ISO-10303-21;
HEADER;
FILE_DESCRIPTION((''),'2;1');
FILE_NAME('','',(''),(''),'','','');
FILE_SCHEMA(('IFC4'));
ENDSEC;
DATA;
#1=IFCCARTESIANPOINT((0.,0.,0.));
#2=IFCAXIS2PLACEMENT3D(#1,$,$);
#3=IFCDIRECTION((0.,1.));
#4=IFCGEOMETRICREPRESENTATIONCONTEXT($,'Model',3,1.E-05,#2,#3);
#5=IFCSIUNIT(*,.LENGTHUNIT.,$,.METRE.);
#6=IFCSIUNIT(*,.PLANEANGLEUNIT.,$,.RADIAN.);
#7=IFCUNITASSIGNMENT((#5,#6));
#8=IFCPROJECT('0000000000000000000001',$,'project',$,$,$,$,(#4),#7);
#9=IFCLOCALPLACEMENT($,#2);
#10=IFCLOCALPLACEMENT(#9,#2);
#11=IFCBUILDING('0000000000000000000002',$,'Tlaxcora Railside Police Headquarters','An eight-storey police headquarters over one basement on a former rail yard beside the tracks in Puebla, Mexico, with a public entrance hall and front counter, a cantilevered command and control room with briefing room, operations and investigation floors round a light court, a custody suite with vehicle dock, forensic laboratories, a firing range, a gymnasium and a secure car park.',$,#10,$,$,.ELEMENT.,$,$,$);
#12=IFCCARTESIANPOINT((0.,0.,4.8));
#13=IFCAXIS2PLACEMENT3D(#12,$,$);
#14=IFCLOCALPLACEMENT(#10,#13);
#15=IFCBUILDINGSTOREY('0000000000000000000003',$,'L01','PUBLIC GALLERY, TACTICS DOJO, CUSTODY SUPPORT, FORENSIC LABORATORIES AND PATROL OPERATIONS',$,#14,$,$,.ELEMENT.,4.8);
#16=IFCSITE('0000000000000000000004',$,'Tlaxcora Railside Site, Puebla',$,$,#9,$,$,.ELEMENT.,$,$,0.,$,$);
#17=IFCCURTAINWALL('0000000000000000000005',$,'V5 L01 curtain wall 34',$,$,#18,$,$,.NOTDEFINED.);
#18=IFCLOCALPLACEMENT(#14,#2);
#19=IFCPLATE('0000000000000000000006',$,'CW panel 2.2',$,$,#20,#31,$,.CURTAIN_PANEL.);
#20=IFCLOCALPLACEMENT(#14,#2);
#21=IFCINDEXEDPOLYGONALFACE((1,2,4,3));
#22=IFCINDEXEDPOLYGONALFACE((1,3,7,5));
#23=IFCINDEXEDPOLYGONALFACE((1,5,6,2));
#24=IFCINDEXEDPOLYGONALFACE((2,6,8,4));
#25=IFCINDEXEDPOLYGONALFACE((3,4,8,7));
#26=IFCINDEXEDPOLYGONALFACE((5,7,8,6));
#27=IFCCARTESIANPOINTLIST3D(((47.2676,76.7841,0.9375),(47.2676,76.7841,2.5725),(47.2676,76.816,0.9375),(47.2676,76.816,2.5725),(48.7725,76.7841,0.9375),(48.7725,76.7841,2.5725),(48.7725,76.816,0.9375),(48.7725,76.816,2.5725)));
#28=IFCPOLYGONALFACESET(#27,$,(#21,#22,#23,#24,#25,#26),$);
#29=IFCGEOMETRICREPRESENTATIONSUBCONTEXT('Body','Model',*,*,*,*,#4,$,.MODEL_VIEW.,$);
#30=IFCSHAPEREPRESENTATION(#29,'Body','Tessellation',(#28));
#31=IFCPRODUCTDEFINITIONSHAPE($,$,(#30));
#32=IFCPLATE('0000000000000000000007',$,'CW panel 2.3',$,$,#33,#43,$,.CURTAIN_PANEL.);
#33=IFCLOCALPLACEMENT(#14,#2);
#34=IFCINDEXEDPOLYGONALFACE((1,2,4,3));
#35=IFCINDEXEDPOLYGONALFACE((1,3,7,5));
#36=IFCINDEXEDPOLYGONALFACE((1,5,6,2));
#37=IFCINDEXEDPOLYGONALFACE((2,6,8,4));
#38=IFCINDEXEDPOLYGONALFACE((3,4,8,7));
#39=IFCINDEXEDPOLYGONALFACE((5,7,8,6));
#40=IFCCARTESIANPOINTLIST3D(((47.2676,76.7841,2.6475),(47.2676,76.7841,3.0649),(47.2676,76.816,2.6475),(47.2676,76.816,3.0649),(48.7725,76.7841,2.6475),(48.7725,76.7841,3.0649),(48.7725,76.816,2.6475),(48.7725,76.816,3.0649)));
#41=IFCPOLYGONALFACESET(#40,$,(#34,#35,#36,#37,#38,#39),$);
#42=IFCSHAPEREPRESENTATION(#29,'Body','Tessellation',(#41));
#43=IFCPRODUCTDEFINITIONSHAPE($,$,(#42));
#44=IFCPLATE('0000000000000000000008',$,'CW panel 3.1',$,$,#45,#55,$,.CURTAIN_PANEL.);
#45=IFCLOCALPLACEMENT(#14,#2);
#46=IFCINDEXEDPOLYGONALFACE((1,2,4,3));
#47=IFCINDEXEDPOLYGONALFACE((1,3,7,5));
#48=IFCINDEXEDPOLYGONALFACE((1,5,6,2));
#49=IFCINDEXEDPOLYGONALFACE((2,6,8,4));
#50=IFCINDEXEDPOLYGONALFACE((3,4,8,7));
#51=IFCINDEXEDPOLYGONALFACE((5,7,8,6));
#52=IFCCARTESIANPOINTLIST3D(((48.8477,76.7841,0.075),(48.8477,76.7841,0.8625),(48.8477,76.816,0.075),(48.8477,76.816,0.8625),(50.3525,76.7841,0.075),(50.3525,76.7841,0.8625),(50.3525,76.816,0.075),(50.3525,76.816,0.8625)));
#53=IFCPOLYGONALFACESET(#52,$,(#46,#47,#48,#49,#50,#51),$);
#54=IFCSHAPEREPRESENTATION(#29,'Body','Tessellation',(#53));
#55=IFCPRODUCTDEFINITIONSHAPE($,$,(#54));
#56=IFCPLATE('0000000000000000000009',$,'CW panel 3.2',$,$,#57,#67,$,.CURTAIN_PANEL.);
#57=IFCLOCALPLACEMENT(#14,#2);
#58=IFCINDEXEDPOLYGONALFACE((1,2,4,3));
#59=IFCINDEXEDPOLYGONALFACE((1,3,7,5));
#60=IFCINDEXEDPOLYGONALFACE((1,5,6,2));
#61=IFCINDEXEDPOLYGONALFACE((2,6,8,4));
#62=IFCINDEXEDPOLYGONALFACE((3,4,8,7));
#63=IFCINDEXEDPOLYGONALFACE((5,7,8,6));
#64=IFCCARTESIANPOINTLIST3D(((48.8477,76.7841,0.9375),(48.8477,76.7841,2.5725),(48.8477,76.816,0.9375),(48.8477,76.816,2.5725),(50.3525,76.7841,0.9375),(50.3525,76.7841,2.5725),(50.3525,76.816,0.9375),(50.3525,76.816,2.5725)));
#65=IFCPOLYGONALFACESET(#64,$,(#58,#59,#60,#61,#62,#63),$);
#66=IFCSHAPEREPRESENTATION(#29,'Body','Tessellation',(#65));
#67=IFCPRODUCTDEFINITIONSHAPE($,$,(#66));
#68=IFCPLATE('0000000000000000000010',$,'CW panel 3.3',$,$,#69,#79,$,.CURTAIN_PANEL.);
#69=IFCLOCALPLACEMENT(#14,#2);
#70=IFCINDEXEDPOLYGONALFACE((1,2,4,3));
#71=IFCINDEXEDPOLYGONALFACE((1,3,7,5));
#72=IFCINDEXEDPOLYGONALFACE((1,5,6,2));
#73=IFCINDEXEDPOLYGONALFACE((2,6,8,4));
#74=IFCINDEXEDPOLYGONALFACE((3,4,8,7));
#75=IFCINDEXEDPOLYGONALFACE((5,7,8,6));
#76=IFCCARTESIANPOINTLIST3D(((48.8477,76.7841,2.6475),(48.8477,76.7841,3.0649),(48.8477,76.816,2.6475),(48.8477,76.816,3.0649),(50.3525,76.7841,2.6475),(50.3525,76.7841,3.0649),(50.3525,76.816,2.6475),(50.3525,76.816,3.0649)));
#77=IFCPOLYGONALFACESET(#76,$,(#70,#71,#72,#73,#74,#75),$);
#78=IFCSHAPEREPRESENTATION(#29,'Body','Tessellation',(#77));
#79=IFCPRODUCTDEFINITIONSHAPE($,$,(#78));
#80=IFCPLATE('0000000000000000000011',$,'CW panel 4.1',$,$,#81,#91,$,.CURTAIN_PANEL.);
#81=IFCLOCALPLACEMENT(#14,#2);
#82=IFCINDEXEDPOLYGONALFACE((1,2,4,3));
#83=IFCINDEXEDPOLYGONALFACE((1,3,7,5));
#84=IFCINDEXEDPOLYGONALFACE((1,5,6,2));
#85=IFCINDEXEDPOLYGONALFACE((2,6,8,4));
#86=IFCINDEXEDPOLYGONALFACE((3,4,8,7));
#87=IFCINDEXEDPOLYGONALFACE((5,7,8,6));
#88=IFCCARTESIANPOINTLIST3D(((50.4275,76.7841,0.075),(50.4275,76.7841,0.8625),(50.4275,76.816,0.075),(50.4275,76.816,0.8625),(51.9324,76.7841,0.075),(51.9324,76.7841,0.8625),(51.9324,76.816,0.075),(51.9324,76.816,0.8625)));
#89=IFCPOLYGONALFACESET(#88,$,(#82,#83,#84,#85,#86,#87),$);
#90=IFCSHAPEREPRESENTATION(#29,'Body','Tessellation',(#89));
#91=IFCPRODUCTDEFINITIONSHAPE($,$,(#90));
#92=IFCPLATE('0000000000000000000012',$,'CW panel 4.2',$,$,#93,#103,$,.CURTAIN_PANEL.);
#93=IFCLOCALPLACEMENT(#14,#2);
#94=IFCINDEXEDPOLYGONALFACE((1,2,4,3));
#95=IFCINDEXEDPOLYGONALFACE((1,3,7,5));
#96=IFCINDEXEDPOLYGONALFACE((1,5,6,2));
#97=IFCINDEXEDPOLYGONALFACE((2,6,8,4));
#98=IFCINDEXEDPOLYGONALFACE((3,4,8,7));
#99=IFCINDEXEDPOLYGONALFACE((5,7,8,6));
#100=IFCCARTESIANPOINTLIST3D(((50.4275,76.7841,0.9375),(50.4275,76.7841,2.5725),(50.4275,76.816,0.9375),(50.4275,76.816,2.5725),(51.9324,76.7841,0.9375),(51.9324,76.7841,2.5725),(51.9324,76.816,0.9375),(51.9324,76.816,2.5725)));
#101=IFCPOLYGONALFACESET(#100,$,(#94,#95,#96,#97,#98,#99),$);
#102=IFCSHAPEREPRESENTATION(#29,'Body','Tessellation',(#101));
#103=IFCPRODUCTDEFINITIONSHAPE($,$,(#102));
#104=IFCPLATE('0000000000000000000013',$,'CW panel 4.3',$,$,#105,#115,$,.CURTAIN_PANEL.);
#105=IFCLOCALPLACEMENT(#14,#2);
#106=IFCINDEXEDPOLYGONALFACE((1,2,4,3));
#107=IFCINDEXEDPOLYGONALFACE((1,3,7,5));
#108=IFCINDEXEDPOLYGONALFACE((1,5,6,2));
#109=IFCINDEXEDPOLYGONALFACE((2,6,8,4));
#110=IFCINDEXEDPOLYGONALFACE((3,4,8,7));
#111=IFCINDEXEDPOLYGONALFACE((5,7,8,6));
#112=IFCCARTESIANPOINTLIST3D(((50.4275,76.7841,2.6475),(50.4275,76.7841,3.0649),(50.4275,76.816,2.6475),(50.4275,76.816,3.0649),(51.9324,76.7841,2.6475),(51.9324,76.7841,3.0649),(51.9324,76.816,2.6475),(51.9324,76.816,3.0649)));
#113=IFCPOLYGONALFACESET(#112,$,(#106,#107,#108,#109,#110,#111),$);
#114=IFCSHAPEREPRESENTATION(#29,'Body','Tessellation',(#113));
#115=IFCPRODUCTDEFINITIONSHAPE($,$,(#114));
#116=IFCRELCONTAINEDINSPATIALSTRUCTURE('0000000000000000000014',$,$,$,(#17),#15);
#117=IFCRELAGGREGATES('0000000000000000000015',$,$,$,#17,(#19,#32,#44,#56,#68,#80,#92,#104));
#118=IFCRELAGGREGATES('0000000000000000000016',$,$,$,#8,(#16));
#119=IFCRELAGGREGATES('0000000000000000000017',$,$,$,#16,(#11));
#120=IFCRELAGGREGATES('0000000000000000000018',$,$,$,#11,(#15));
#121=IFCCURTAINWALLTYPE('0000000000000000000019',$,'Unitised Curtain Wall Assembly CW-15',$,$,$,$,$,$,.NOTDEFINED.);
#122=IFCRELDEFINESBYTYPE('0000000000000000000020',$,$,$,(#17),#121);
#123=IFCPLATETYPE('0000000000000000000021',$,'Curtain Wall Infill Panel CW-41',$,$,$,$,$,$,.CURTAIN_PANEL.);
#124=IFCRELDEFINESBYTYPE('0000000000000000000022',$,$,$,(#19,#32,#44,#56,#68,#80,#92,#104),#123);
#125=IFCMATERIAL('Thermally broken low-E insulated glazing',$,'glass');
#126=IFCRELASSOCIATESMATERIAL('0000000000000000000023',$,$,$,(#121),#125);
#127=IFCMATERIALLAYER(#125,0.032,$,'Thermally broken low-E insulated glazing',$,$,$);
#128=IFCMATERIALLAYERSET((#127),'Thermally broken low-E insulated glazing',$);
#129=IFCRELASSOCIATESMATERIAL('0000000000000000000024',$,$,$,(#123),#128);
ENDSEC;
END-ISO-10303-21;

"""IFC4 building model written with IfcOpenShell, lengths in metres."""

from ifc_helpers import new_model, si_unit, direction, frame, origin, origin_2d, place, context, subcontext, project, spatial, rectangle, extrude, material, layer, layer_set, type_object, element, aggregate, save


model = new_model("IFC4")

# Units and contexts
model_context = context("Model", 3, precision=1e-05, world=origin(), true_north=direction((0.0, 1.0)))
body_context = subcontext(model_context, "Body", "Model", "MODEL_VIEW")
ifc_project = project(units=[si_unit("LENGTHUNIT", "METRE"), si_unit("PLANEANGLEUNIT", "RADIAN")], contexts=[model_context])

# Site, building, storey
site_placement = place(None, origin())
site = spatial("IfcSite", under=ifc_project, at=site_placement, Name="Tlaxcora Railside Site, Puebla", CompositionType="ELEMENT", RefElevation=0.0)
building_placement = place(site_placement, origin())
building = spatial("IfcBuilding", under=site, at=building_placement, Name="Tlaxcora Railside Police Headquarters", Description="An eight-storey police headquarters over one basement on a former rail yard beside the tracks in Puebla, Mexico, with a public entrance hall and front counter, a cantilevered command and control room with briefing room, operations and investigation floors round a light court, a custody suite with vehicle dock, forensic laboratories, a firing range, a gymnasium and a secure car park.", CompositionType="ELEMENT")
storey_placement = place(building_placement, frame((0.0, 0.0, 4.8)))
storey = spatial("IfcBuildingStorey", under=building, at=storey_placement, Name="L01", Description="PUBLIC GALLERY, TACTICS DOJO, CUSTODY SUPPORT, FORENSIC LABORATORIES AND PATROL OPERATIONS", CompositionType="ELEMENT", Elevation=4.8)

# Curtain wall, plates
ifc_material_1 = material(Name="Thermally broken low-E insulated glazing", Category="glass")
curtain_wall_type = type_object("IfcCurtainWallType", Name="Unitised Curtain Wall Assembly CW-15", PredefinedType="NOTDEFINED", material=ifc_material_1)
curtain_wall_placement = place(storey_placement, origin())
curtain_wall = element("IfcCurtainWall", 1, at=curtain_wall_placement, inside=storey, type_object=curtain_wall_type, Name="V5 L01 curtain wall 34", PredefinedType="NOTDEFINED")
ifc_layer = layer(ifc_material_1, 0.032, Name="Thermally broken low-E insulated glazing")
ifc_layer_set = layer_set([ifc_layer], Name="Thermally broken low-E insulated glazing")
plate_type = type_object("IfcPlateType", Name="Curtain Wall Infill Panel CW-41", PredefinedType="CURTAIN_PANEL", material=ifc_layer_set)
plate_1_placement = place(storey_placement, frame((48.02, 76.8, 0.9375), z_axis=(0.0, 0.0, 1.0), x_axis=(1.0, 0.0, 0.0)))
plate_1 = element("IfcPlate", 2, at=plate_1_placement, type_object=plate_type, Name="CW panel 2.2", PredefinedType="CURTAIN_PANEL", context=body_context, shape_type="SweptSolid", body=[
    extrude(rectangle(XDim=1.5049, YDim=0.032, at=origin_2d()), origin(), (0.0, 0.0, 1.0), 1.635),
])
plate_2_placement = place(storey_placement, frame((48.02, 76.8, 2.6475), z_axis=(0.0, 0.0, 1.0), x_axis=(1.0, 0.0, 0.0)))
plate_2 = element("IfcPlate", 3, at=plate_2_placement, type_object=plate_type, Name="CW panel 2.3", PredefinedType="CURTAIN_PANEL", context=body_context, shape_type="SweptSolid", body=[
    extrude(rectangle(XDim=1.5049, YDim=0.032, at=origin_2d()), origin(), (0.0, 0.0, 1.0), 0.4175),
])
plate_3_placement = place(storey_placement, frame((49.6001, 76.8, 0.075), z_axis=(0.0, 0.0, 1.0), x_axis=(1.0, 0.0, 0.0)))
plate_3 = element("IfcPlate", 4, at=plate_3_placement, type_object=plate_type, Name="CW panel 3.1", PredefinedType="CURTAIN_PANEL", context=body_context, shape_type="SweptSolid", body=[
    extrude(rectangle(XDim=1.5049, YDim=0.032, at=origin_2d()), origin(), (0.0, 0.0, 1.0), 0.7876),
])
plate_4_placement = place(storey_placement, frame((49.6001, 76.8, 0.9375), z_axis=(0.0, 0.0, 1.0), x_axis=(1.0, 0.0, 0.0)))
plate_4 = element("IfcPlate", 5, at=plate_4_placement, type_object=plate_type, Name="CW panel 3.2", PredefinedType="CURTAIN_PANEL", context=body_context, shape_type="SweptSolid", body=[
    extrude(rectangle(XDim=1.5049, YDim=0.032, at=origin_2d()), origin(), (0.0, 0.0, 1.0), 1.635),
])
plate_5_placement = place(storey_placement, frame((49.6001, 76.8, 2.6475), z_axis=(0.0, 0.0, 1.0), x_axis=(1.0, 0.0, 0.0)))
plate_5 = element("IfcPlate", 6, at=plate_5_placement, type_object=plate_type, Name="CW panel 3.3", PredefinedType="CURTAIN_PANEL", context=body_context, shape_type="SweptSolid", body=[
    extrude(rectangle(XDim=1.5049, YDim=0.032, at=origin_2d()), origin(), (0.0, 0.0, 1.0), 0.4175),
])
plate_6_placement = place(storey_placement, frame((51.1799, 76.8, 0.075), z_axis=(0.0, 0.0, 1.0), x_axis=(1.0, 0.0, 0.0)))
plate_6 = element("IfcPlate", 7, at=plate_6_placement, type_object=plate_type, Name="CW panel 4.1", PredefinedType="CURTAIN_PANEL", context=body_context, shape_type="SweptSolid", body=[
    extrude(rectangle(XDim=1.5049, YDim=0.032, at=origin_2d()), origin(), (0.0, 0.0, 1.0), 0.7876),
])
plate_7_placement = place(storey_placement, frame((51.1799, 76.8, 0.9375), z_axis=(0.0, 0.0, 1.0), x_axis=(1.0, 0.0, 0.0)))
plate_7 = element("IfcPlate", 8, at=plate_7_placement, type_object=plate_type, Name="CW panel 4.2", PredefinedType="CURTAIN_PANEL", context=body_context, shape_type="SweptSolid", body=[
    extrude(rectangle(XDim=1.5049, YDim=0.032, at=origin_2d()), origin(), (0.0, 0.0, 1.0), 1.635),
])
plate_8_placement = place(storey_placement, frame((51.1799, 76.8, 2.6475), z_axis=(0.0, 0.0, 1.0), x_axis=(1.0, 0.0, 0.0)))
plate_8 = element("IfcPlate", 9, at=plate_8_placement, type_object=plate_type, Name="CW panel 4.3", PredefinedType="CURTAIN_PANEL", context=body_context, shape_type="SweptSolid", body=[
    extrude(rectangle(XDim=1.5049, YDim=0.032, at=origin_2d()), origin(), (0.0, 0.0, 1.0), 0.4175),
])
aggregate(curtain_wall, [plate_1, plate_2, plate_3, plate_4, plate_5, plate_6, plate_7, plate_8])

save(model, "model.ifc")
